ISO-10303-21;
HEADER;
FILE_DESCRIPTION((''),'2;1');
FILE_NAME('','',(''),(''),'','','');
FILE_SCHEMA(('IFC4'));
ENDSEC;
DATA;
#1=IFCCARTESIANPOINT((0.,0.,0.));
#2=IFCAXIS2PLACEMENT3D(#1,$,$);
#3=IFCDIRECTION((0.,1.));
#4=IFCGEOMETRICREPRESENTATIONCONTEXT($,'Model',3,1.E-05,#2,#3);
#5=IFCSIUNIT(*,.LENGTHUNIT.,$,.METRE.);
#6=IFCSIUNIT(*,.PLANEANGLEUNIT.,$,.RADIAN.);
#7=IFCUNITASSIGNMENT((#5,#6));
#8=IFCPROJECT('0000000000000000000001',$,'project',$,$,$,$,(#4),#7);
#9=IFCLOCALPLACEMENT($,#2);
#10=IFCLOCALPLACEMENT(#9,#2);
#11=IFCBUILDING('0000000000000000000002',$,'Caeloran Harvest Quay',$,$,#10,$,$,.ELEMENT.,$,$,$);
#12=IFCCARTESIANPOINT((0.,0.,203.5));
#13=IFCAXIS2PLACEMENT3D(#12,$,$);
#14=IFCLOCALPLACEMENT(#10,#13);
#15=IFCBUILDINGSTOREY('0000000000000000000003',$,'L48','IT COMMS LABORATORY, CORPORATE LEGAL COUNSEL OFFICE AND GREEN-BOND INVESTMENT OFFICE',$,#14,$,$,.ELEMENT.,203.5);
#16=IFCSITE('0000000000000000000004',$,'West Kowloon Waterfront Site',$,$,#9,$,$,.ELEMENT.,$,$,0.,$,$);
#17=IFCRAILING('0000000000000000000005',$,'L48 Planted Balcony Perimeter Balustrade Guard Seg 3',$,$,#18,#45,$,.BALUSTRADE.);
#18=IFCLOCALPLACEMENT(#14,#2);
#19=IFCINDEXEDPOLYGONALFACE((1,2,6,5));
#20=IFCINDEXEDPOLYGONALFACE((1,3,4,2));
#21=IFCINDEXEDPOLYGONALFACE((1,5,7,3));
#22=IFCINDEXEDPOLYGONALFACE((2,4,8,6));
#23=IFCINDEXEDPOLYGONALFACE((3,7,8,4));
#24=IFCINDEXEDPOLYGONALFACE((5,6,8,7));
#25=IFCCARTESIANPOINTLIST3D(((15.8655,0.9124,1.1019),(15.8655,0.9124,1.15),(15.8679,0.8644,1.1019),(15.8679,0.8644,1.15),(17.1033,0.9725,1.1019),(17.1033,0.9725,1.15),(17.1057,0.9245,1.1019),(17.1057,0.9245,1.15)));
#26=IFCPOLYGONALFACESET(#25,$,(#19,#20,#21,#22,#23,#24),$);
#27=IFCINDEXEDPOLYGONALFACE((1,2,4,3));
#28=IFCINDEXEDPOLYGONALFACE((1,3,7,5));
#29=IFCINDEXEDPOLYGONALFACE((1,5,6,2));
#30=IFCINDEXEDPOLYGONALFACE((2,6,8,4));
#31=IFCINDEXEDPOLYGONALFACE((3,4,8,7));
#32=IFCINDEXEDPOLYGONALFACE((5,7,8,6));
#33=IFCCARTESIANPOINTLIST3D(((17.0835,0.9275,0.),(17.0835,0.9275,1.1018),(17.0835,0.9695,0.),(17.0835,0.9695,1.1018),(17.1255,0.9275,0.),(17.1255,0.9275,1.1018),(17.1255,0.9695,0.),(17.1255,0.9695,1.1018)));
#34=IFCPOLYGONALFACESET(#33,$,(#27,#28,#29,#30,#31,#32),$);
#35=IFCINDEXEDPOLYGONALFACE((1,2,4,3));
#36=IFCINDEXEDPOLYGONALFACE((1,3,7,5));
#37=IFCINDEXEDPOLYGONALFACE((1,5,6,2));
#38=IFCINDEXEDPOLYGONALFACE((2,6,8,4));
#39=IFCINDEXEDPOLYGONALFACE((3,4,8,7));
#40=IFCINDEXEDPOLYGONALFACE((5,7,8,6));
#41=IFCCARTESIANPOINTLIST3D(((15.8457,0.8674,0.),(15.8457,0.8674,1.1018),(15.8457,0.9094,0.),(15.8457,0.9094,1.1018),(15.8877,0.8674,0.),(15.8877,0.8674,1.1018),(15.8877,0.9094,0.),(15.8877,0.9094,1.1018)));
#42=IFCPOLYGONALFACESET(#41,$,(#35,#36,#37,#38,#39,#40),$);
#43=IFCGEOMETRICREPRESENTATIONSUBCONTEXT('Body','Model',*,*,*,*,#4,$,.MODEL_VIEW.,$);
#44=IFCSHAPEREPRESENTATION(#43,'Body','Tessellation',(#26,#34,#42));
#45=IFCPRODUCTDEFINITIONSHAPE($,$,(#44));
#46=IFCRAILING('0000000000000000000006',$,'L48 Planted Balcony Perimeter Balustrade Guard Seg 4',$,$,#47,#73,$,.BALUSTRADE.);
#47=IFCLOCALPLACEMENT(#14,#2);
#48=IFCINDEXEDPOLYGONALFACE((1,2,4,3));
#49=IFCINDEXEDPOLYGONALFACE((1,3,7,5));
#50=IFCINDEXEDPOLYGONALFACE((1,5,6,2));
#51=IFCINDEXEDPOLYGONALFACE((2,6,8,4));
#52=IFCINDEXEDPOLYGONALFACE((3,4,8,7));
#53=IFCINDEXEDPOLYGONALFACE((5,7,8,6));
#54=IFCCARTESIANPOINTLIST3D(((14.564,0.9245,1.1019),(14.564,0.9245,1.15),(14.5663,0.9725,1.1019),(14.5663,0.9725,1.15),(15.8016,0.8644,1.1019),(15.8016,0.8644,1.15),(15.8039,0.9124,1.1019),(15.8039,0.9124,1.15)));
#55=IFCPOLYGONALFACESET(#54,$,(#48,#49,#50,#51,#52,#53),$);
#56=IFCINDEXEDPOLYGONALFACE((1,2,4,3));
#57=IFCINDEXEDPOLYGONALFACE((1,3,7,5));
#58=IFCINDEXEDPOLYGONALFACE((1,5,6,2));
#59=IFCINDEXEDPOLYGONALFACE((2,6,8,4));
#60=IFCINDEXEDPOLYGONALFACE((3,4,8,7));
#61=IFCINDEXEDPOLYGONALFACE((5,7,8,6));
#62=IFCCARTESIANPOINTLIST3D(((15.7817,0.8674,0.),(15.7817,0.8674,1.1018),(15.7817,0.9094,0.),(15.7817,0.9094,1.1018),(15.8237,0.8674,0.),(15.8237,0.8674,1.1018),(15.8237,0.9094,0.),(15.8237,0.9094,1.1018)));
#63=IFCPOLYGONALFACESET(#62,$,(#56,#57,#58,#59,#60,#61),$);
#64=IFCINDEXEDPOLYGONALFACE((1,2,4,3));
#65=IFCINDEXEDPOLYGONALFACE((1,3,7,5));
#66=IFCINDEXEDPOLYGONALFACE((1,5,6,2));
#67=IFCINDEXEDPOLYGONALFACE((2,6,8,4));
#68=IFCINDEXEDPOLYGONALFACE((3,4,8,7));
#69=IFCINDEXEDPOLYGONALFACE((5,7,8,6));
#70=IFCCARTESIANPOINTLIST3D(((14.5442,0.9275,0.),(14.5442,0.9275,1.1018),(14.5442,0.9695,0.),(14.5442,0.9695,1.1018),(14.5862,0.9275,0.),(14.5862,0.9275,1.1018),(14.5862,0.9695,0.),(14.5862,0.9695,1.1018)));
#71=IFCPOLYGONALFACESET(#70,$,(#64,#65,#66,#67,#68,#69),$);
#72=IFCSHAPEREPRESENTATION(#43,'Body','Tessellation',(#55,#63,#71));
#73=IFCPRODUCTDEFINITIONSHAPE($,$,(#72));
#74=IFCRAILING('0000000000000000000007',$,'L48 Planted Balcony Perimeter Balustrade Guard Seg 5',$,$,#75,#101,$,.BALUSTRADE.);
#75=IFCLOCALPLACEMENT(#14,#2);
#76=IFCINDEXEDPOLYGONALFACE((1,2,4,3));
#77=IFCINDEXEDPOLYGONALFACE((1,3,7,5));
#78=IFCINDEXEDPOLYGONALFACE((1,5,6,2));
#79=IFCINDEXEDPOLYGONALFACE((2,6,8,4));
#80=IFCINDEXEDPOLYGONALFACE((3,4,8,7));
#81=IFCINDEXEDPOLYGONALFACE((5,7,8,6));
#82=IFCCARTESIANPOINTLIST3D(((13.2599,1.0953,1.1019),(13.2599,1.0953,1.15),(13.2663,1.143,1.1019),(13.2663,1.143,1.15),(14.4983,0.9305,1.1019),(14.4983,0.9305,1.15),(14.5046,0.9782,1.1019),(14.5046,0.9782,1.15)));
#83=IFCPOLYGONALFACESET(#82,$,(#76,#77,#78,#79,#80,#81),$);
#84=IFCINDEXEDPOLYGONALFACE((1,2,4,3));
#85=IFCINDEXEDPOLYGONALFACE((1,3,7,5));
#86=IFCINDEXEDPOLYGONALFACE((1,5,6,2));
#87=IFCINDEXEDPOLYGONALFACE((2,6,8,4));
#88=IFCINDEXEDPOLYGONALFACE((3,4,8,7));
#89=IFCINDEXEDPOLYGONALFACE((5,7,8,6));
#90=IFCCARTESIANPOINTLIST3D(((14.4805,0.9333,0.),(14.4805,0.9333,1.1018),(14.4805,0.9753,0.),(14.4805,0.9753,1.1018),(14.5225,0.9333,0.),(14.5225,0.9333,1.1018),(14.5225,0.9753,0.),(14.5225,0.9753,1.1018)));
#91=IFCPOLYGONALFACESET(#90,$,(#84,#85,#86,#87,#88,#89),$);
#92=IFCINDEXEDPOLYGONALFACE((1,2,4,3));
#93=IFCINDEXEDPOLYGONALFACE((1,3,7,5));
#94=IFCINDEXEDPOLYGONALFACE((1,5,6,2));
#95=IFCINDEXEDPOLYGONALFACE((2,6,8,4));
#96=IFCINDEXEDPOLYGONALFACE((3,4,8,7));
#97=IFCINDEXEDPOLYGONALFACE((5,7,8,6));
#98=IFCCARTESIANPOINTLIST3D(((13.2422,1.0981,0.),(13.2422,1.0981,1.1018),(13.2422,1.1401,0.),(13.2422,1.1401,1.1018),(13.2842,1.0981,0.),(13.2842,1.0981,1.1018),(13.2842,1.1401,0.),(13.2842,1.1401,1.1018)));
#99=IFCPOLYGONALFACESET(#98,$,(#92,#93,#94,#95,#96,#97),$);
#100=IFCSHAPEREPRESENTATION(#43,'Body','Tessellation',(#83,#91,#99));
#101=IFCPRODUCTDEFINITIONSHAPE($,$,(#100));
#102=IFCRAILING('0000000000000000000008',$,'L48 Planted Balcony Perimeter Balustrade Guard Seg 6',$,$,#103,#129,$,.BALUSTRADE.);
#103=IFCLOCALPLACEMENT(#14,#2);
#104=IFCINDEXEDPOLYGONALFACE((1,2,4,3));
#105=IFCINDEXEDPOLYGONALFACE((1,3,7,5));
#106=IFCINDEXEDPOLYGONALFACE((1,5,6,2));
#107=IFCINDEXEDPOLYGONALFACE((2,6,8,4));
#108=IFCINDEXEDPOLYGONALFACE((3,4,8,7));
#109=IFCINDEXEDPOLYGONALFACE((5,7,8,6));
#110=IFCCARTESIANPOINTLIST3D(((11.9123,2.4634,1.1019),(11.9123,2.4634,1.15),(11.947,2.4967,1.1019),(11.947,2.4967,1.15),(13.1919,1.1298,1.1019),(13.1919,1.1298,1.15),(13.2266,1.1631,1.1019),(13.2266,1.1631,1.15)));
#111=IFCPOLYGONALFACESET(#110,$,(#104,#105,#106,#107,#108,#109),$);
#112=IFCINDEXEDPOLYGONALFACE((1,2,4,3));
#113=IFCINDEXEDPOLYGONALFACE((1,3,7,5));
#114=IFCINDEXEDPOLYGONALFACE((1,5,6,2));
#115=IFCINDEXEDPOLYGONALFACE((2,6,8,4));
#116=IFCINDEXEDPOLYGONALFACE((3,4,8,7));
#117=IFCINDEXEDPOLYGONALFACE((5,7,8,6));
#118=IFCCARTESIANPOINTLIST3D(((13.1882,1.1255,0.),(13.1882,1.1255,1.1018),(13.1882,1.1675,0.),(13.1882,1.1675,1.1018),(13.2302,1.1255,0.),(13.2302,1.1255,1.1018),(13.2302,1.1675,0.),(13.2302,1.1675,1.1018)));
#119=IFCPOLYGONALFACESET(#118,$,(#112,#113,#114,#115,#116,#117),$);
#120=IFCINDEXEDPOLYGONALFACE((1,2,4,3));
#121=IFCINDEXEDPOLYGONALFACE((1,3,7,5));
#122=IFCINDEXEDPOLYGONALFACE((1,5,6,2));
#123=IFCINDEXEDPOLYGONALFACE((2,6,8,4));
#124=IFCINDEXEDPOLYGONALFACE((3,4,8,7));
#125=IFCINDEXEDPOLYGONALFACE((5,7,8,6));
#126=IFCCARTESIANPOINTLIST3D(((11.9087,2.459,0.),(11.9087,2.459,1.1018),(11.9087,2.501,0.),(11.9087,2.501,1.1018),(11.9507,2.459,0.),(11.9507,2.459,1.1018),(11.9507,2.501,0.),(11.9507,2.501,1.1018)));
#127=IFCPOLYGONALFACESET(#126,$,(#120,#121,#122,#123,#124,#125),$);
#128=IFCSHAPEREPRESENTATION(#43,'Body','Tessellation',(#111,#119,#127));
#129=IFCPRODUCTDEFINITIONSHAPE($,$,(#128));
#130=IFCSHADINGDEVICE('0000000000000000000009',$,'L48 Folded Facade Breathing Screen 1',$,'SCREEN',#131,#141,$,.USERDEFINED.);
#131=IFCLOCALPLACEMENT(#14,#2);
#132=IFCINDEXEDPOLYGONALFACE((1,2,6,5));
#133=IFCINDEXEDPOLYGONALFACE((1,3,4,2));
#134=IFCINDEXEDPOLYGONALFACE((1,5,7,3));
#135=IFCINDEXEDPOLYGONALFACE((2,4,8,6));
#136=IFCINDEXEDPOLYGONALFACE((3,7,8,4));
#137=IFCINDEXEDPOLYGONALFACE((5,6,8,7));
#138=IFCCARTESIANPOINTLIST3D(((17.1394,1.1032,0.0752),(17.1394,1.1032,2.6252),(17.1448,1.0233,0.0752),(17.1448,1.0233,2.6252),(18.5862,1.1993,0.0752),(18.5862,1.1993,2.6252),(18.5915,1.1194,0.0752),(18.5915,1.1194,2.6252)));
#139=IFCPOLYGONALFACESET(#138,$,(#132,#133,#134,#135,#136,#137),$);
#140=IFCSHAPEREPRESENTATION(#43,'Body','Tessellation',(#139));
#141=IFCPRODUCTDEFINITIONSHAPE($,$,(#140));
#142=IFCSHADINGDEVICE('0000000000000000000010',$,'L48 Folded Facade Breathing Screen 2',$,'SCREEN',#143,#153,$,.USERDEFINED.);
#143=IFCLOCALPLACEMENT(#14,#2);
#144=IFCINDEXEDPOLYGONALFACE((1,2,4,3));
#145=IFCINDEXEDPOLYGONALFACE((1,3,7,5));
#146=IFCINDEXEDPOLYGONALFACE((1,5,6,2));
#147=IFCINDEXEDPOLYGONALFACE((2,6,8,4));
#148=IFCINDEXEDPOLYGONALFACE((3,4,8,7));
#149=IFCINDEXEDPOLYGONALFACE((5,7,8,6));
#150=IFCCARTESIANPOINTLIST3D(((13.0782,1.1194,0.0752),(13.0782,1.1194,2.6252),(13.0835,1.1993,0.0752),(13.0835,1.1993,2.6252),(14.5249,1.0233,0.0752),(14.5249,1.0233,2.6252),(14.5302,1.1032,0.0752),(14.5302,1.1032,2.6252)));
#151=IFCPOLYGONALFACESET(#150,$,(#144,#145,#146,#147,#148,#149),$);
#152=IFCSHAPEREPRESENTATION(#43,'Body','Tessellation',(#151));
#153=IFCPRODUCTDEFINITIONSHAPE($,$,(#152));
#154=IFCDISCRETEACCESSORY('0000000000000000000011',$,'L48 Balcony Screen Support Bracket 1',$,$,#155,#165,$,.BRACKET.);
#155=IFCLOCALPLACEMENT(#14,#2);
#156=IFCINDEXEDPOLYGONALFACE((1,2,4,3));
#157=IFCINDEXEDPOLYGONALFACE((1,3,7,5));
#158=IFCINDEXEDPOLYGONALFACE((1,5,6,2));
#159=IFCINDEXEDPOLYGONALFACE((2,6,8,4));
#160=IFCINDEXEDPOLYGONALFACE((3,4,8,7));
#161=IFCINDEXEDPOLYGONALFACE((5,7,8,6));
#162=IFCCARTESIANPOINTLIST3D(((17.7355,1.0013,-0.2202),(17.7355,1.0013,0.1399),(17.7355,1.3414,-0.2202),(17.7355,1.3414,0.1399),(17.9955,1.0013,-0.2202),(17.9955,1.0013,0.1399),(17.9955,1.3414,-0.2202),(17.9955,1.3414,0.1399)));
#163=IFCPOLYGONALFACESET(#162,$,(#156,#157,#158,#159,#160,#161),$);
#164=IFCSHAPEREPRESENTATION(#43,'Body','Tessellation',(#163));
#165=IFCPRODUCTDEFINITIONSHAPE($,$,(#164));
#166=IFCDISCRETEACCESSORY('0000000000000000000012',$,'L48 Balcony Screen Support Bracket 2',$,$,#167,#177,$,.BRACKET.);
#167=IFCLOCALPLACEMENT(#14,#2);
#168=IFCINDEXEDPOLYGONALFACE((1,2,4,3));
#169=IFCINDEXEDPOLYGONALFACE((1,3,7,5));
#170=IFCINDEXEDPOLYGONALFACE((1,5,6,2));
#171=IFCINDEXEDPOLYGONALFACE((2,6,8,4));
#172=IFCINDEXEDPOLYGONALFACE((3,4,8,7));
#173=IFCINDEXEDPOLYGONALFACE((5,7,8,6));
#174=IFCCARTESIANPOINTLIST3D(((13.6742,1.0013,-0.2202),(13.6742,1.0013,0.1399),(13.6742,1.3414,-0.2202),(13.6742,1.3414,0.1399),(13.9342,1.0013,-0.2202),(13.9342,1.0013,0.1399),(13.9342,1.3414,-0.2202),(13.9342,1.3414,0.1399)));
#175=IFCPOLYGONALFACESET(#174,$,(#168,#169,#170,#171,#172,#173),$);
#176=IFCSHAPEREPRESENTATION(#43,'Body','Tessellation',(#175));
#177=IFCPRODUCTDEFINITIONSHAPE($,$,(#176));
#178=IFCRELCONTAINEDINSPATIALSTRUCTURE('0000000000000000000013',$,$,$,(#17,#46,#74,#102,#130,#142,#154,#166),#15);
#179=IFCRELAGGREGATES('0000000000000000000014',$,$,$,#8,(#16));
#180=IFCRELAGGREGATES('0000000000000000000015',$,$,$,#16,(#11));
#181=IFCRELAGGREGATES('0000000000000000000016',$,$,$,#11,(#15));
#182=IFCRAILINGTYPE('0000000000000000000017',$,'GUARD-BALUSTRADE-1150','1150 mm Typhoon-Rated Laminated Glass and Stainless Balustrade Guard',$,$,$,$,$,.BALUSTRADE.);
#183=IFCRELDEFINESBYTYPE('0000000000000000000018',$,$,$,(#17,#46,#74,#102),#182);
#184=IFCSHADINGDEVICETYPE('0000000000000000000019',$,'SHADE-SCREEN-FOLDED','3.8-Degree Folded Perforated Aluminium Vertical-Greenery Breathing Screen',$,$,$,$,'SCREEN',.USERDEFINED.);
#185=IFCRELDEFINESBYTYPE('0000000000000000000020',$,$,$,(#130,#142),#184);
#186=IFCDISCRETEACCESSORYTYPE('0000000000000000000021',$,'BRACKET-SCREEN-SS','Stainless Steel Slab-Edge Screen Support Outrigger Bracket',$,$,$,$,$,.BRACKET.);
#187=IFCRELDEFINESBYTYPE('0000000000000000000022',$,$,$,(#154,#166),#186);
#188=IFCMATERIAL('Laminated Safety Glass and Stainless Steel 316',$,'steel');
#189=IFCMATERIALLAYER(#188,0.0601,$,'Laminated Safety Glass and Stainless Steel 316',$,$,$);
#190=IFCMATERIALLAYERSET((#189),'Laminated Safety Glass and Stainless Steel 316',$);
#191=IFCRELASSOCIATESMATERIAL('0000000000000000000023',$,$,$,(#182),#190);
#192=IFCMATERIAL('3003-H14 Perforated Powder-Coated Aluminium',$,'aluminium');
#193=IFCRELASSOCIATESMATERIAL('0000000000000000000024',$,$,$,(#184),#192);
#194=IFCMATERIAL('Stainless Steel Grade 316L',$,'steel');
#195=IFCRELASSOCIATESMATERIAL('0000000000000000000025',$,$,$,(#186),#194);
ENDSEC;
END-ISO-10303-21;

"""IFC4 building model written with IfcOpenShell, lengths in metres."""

from ifc_helpers import new_model, si_unit, direction, frame, origin, origin_2d, place, context, subcontext, project, spatial, rectangle, extrude, material, layer, layer_set, type_object, element, save


model = new_model("IFC4")

# Units and contexts
model_context = context("Model", 3, precision=1e-05, world=origin(), true_north=direction((0.0, 1.0)))
body_context = subcontext(model_context, "Body", "Model", "MODEL_VIEW")
ifc_project = project(units=[si_unit("LENGTHUNIT", "METRE"), si_unit("PLANEANGLEUNIT", "RADIAN")], contexts=[model_context])

# Site, building, storey
site_placement = place(None, origin())
site = spatial("IfcSite", under=ifc_project, at=site_placement, Name="West Kowloon Waterfront Site", CompositionType="ELEMENT", RefElevation=0.0)
building_placement = place(site_placement, origin())
building = spatial("IfcBuilding", under=site, at=building_placement, Name="Caeloran Harvest Quay", CompositionType="ELEMENT")
storey_placement = place(building_placement, frame((0.0, 0.0, 203.5)))
storey = spatial("IfcBuildingStorey", under=building, at=storey_placement, Name="L48", Description="IT COMMS LABORATORY, CORPORATE LEGAL COUNSEL OFFICE AND GREEN-BOND INVESTMENT OFFICE", CompositionType="ELEMENT", Elevation=203.5)

# Railings
ifc_material_1 = material(Name="Laminated Safety Glass and Stainless Steel 316", Category="steel")
ifc_layer_1 = layer(ifc_material_1, 0.0601, Name="Laminated Safety Glass and Stainless Steel 316")
ifc_layer_set_1 = layer_set([ifc_layer_1], Name="Laminated Safety Glass and Stainless Steel 316")
railing_type = type_object("IfcRailingType", Name="GUARD-BALUSTRADE-1150", Description="1150 mm Typhoon-Rated Laminated Glass and Stainless Balustrade Guard", PredefinedType="BALUSTRADE", material=ifc_layer_set_1)
railing_1_placement = place(storey_placement, frame((17.1045, 0.9485, 0.0)))
element("IfcRailing", 1, at=railing_1_placement, inside=storey, type_object=railing_type, Name="L48 Planted Balcony Perimeter Balustrade Guard Seg 3", PredefinedType="BALUSTRADE", context=body_context, shape_type="SweptSolid", body=[
    extrude(rectangle(XDim=0.0481, YDim=0.0481, at=origin_2d()), frame((0.0, 0.0, 1.126), z_axis=(-0.998825, -0.048464, 0.0), x_axis=(0.048464, -0.998825, 0.0)), (0.0, 0.0, 1.0), 1.2393),
    extrude(rectangle(XDim=0.042, YDim=0.042, at=origin_2d()), origin(), (0.0, 0.0, 1.0), 1.1018),
    extrude(rectangle(XDim=0.042, YDim=0.042, at=origin_2d()), frame((-1.2378, -0.0601, 0.0)), (0.0, 0.0, 1.0), 1.1018),
])
railing_2_placement = place(storey_placement, frame((15.8027, 0.8884, 0.0)))
element("IfcRailing", 2, at=railing_2_placement, inside=storey, type_object=railing_type, Name="L48 Planted Balcony Perimeter Balustrade Guard Seg 4", PredefinedType="BALUSTRADE", context=body_context, shape_type="SweptSolid", body=[
    extrude(rectangle(XDim=0.0481, YDim=0.0481, at=origin_2d()), frame((0.0, 0.0, 1.126), z_axis=(-0.998824, 0.048473, 0.0), x_axis=(-0.048473, -0.998824, 0.0)), (0.0, 0.0, 1.0), 1.239),
    extrude(rectangle(XDim=0.042, YDim=0.042, at=origin_2d()), origin(), (0.0, 0.0, 1.0), 1.1018),
    extrude(rectangle(XDim=0.042, YDim=0.042, at=origin_2d()), frame((-1.2375, 0.0601, 0.0)), (0.0, 0.0, 1.0), 1.1018),
])
railing_3_placement = place(storey_placement, frame((14.5015, 0.9543, 0.0)))
element("IfcRailing", 3, at=railing_3_placement, inside=storey, type_object=railing_type, Name="L48 Planted Balcony Perimeter Balustrade Guard Seg 5", PredefinedType="BALUSTRADE", context=body_context, shape_type="SweptSolid", body=[
    extrude(rectangle(XDim=0.0481, YDim=0.0481, at=origin_2d()), frame((0.0, 0.0, 1.126), z_axis=(-0.99126, 0.13192, 0.0), x_axis=(-0.13192, -0.99126, 0.0)), (0.0, 0.0, 1.0), 1.2493),
    extrude(rectangle(XDim=0.042, YDim=0.042, at=origin_2d()), origin(), (0.0, 0.0, 1.0), 1.1018),
    extrude(rectangle(XDim=0.042, YDim=0.042, at=origin_2d()), frame((-1.2383, 0.1648, 0.0)), (0.0, 0.0, 1.0), 1.1018),
])
railing_4_placement = place(storey_placement, frame((13.2092, 1.1465, 0.0)))
element("IfcRailing", 4, at=railing_4_placement, inside=storey, type_object=railing_type, Name="L48 Planted Balcony Perimeter Balustrade Guard Seg 6", PredefinedType="BALUSTRADE", context=body_context, shape_type="SweptSolid", body=[
    extrude(rectangle(XDim=0.0481, YDim=0.0481, at=origin_2d()), frame((0.0, 0.0, 1.126), z_axis=(-0.692359, 0.721554, 0.0), x_axis=(-0.721554, -0.692359, 0.0)), (0.0, 0.0, 1.0), 1.8481),
    extrude(rectangle(XDim=0.042, YDim=0.042, at=origin_2d()), origin(), (0.0, 0.0, 1.0), 1.1018),
    extrude(rectangle(XDim=0.042, YDim=0.042, at=origin_2d()), frame((-1.2795, 1.3335, 0.0)), (0.0, 0.0, 1.0), 1.1018),
])

# Shading devices
ifc_material_2 = material(Name="3003-H14 Perforated Powder-Coated Aluminium", Category="aluminium")
shading_device_type = type_object("IfcShadingDeviceType", Name="SHADE-SCREEN-FOLDED", Description="3.8-Degree Folded Perforated Aluminium Vertical-Greenery Breathing Screen", ElementType="SCREEN", PredefinedType="USERDEFINED", material=ifc_material_2)
for number, where, z_axis, x_axis, name in (
    (5, (17.8655, 1.1113, 0.0752), (0.0, 0.0, 1.0), (0.997801, 0.066274, 0.0), "L48 Folded Facade Breathing Screen 1"),
    (6, (13.8042, 1.1113, 0.0752), (0.0, 0.0, 1.0), (0.997801, -0.066274, 0.0), "L48 Folded Facade Breathing Screen 2"),
):
    element("IfcShadingDevice", number, at=place(storey_placement, frame(where, z_axis=z_axis, x_axis=x_axis)), inside=storey, type_object=shading_device_type, Name=name, ObjectType="SCREEN", PredefinedType="USERDEFINED", context=body_context, shape_type="SweptSolid", body=[
        extrude(rectangle(XDim=1.45, YDim=0.0801, at=origin_2d()), origin(), (0.0, 0.0, 1.0), 2.55),
    ])

# Discrete accessories
ifc_material_3 = material(Name="Stainless Steel Grade 316L", Category="steel")
discrete_accessory_type = type_object("IfcDiscreteAccessoryType", Name="BRACKET-SCREEN-SS", Description="Stainless Steel Slab-Edge Screen Support Outrigger Bracket", PredefinedType="BRACKET", material=ifc_material_3)
for number, where, z_axis, x_axis, name in (
    (7, (17.8655, 1.1714, -0.2202), (0.0, 0.0, 1.0), (1.0, 0.0, 0.0), "L48 Balcony Screen Support Bracket 1"),
    (8, (13.8042, 1.1714, -0.2202), (0.0, 0.0, 1.0), (1.0, 0.0, 0.0), "L48 Balcony Screen Support Bracket 2"),
):
    element("IfcDiscreteAccessory", number, at=place(storey_placement, frame(where, z_axis=z_axis, x_axis=x_axis)), inside=storey, type_object=discrete_accessory_type, Name=name, PredefinedType="BRACKET", context=body_context, shape_type="SweptSolid", body=[
        extrude(rectangle(XDim=0.26, YDim=0.3401, at=origin_2d()), origin(), (0.0, 0.0, 1.0), 0.3601),
    ])

save(model, "model.ifc")
